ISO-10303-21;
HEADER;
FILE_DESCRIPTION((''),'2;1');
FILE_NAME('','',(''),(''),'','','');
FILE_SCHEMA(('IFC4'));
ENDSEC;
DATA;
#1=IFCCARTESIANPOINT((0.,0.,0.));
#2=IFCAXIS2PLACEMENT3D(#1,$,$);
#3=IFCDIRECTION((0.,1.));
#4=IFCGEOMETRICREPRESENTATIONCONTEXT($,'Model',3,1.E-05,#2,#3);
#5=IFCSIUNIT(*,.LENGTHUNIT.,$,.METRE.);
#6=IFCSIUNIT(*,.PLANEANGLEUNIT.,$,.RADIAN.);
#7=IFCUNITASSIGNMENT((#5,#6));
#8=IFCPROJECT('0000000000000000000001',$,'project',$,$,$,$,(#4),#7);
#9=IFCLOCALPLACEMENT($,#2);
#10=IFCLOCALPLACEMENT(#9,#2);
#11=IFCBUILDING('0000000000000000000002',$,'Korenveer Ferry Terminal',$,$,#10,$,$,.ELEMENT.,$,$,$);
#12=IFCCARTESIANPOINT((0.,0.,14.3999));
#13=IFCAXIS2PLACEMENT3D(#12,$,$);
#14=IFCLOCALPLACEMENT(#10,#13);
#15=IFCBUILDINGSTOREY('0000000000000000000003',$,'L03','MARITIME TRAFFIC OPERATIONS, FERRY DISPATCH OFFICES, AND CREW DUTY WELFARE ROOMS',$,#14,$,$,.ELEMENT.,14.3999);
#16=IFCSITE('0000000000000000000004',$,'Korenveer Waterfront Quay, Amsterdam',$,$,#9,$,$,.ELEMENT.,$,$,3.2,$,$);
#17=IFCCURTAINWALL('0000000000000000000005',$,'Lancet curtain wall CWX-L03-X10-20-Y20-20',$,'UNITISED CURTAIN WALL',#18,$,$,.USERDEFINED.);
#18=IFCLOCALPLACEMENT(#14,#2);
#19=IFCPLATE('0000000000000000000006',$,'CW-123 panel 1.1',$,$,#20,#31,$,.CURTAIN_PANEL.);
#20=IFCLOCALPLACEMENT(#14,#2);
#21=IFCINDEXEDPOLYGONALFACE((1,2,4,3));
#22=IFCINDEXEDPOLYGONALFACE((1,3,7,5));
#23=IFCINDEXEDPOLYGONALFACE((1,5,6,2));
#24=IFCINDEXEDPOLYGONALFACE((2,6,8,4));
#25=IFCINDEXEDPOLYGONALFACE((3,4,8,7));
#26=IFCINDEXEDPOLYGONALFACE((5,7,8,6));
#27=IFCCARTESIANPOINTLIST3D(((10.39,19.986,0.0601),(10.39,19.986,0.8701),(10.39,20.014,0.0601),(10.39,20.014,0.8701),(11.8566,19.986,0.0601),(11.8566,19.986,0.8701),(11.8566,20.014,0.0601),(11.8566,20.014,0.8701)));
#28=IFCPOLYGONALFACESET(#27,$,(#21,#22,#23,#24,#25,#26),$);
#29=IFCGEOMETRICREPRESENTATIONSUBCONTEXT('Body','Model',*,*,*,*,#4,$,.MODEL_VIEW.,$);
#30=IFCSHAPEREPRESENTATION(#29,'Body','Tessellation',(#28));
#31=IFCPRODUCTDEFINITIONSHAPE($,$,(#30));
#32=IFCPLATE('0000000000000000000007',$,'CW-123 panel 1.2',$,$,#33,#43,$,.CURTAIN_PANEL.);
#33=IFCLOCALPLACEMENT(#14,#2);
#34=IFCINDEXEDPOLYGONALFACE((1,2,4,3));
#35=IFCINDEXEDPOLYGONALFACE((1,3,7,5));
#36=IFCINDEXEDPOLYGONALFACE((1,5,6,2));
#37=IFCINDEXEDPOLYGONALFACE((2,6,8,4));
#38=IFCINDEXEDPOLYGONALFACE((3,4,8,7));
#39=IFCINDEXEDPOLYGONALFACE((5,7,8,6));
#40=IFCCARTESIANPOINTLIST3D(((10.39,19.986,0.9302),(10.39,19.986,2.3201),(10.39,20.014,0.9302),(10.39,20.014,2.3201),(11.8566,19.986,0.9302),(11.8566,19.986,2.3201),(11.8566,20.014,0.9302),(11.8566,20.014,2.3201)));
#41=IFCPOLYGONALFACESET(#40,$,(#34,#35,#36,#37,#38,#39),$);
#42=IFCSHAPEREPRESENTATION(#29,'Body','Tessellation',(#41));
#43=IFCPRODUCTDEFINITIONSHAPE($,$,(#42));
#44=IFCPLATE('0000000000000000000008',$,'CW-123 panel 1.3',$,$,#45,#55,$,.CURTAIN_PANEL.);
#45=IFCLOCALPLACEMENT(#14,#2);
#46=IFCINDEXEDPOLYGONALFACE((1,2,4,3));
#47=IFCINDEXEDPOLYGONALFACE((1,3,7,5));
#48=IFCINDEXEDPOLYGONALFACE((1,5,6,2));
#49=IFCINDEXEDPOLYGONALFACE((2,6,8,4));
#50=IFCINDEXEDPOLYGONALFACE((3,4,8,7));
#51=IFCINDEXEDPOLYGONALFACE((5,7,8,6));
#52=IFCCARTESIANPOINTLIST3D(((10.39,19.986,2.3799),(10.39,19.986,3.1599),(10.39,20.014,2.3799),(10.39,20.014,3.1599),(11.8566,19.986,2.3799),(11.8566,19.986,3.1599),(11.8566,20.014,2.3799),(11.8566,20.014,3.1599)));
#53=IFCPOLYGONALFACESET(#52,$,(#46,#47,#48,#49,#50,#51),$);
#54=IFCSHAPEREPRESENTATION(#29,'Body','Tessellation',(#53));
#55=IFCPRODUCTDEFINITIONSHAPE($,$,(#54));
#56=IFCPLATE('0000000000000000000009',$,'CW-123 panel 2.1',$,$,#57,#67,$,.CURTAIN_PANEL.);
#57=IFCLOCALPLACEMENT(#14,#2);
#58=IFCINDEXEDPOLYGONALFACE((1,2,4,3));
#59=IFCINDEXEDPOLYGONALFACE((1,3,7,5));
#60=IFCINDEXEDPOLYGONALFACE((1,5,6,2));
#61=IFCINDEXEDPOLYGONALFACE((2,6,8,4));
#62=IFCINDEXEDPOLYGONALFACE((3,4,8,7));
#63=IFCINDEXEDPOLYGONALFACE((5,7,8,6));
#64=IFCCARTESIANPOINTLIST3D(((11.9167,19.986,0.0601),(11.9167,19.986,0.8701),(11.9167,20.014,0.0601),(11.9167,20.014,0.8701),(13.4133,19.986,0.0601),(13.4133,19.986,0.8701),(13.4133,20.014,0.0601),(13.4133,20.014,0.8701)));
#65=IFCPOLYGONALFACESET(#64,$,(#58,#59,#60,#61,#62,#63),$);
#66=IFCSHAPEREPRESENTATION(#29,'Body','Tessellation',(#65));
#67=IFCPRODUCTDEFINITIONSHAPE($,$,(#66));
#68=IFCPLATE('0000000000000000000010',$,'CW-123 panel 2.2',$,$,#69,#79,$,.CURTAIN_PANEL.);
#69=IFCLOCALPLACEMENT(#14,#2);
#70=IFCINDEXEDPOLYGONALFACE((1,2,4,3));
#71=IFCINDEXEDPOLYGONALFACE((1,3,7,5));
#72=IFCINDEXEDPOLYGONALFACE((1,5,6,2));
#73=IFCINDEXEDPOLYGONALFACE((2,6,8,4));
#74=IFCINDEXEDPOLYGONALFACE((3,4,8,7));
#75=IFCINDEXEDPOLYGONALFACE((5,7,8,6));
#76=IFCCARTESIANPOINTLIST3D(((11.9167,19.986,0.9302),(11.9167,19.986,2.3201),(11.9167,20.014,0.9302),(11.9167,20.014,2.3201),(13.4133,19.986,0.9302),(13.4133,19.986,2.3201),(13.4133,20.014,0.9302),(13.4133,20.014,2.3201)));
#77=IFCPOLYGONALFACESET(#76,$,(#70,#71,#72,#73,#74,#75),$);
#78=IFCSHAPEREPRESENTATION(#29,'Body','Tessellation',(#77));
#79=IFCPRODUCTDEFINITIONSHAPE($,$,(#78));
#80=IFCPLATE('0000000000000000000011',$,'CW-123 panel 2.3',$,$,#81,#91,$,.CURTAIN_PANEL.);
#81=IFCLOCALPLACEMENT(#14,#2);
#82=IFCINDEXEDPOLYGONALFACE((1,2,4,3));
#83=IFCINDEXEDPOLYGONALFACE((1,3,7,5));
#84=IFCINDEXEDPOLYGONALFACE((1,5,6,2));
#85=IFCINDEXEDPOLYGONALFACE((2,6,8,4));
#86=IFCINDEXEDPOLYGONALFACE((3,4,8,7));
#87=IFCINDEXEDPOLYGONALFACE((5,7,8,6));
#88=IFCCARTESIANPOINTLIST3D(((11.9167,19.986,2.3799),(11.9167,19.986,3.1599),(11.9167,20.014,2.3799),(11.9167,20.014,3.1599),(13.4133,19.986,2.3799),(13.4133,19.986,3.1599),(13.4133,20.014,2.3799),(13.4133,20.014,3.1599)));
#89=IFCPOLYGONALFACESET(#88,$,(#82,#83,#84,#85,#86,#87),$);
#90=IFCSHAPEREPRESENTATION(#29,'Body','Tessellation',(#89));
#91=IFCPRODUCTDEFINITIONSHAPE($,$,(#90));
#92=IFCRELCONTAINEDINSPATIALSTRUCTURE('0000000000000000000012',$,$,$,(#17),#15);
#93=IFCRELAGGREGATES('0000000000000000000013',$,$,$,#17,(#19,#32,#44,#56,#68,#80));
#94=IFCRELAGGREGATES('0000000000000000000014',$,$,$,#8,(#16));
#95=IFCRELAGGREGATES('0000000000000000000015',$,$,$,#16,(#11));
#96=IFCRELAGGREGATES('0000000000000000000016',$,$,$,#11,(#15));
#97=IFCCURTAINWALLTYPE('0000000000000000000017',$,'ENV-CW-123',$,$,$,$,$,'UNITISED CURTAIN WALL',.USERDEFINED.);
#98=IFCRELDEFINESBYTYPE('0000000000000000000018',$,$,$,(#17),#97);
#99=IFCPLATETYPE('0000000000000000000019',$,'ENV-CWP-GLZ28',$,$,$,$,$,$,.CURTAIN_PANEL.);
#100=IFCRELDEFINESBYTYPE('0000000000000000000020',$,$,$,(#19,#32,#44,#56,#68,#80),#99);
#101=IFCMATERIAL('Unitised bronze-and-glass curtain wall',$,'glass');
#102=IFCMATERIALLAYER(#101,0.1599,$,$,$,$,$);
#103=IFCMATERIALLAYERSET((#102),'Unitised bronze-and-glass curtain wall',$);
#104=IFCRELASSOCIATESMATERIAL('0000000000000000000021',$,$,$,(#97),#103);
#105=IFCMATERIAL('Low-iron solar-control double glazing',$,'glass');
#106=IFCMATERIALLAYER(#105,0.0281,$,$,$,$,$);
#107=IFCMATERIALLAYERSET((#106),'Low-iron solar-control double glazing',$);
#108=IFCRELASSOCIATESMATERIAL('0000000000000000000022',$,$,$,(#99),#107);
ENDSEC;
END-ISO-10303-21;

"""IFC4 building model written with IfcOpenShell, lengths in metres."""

from ifc_helpers import new_model, si_unit, direction, frame, origin, origin_2d, place, context, subcontext, project, spatial, rectangle, extrude, material, layer, layer_set, type_object, element, aggregate, save


model = new_model("IFC4")

# Units and contexts
model_context = context("Model", 3, precision=1e-05, world=origin(), true_north=direction((0.0, 1.0)))
body_context = subcontext(model_context, "Body", "Model", "MODEL_VIEW")
ifc_project = project(units=[si_unit("LENGTHUNIT", "METRE"), si_unit("PLANEANGLEUNIT", "RADIAN")], contexts=[model_context])

# Site, building, storey
site_placement = place(None, origin())
site = spatial("IfcSite", under=ifc_project, at=site_placement, Name="Korenveer Waterfront Quay, Amsterdam", CompositionType="ELEMENT", RefElevation=3.2)
building_placement = place(site_placement, origin())
building = spatial("IfcBuilding", under=site, at=building_placement, Name="Korenveer Ferry Terminal", CompositionType="ELEMENT")
storey_placement = place(building_placement, frame((0.0, 0.0, 14.3999)))
storey = spatial("IfcBuildingStorey", under=building, at=storey_placement, Name="L03", Description="MARITIME TRAFFIC OPERATIONS, FERRY DISPATCH OFFICES, AND CREW DUTY WELFARE ROOMS", CompositionType="ELEMENT", Elevation=14.3999)

# Curtain wall, plates
ifc_material_1 = material(Name="Unitised bronze-and-glass curtain wall", Category="glass")
ifc_layer_1 = layer(ifc_material_1, 0.1599)
ifc_layer_set_1 = layer_set([ifc_layer_1], Name="Unitised bronze-and-glass curtain wall")
curtain_wall_type = type_object("IfcCurtainWallType", Name="ENV-CW-123", ElementType="UNITISED CURTAIN WALL", PredefinedType="USERDEFINED", material=ifc_layer_set_1)
curtain_wall_placement = place(storey_placement, frame((10.3301, 20.0, 0.0)))
curtain_wall = element("IfcCurtainWall", 1, at=curtain_wall_placement, inside=storey, type_object=curtain_wall_type, Name="Lancet curtain wall CWX-L03-X10-20-Y20-20", ObjectType="UNITISED CURTAIN WALL", PredefinedType="USERDEFINED")
ifc_material_2 = material(Name="Low-iron solar-control double glazing", Category="glass")
ifc_layer_2 = layer(ifc_material_2, 0.0281)
ifc_layer_set_2 = layer_set([ifc_layer_2], Name="Low-iron solar-control double glazing")
plate_type = type_object("IfcPlateType", Name="ENV-CWP-GLZ28", PredefinedType="CURTAIN_PANEL", material=ifc_layer_set_2)
plate_1_placement = place(storey_placement, frame((11.1233, 20.0, 0.0601), z_axis=(0.0, 0.0, 1.0), x_axis=(1.0, 0.0, 0.0)))
plate_1 = element("IfcPlate", 2, at=plate_1_placement, type_object=plate_type, Name="CW-123 panel 1.1", PredefinedType="CURTAIN_PANEL", context=body_context, shape_type="SweptSolid", body=[
    extrude(rectangle(XDim=1.4666, YDim=0.0281, at=origin_2d()), origin(), (0.0, 0.0, 1.0), 0.8101),
])
plate_2_placement = place(storey_placement, frame((11.1233, 20.0, 0.9302), z_axis=(0.0, 0.0, 1.0), x_axis=(1.0, 0.0, 0.0)))
plate_2 = element("IfcPlate", 3, at=plate_2_placement, type_object=plate_type, Name="CW-123 panel 1.2", PredefinedType="CURTAIN_PANEL", context=body_context, shape_type="SweptSolid", body=[
    extrude(rectangle(XDim=1.4666, YDim=0.0281, at=origin_2d()), origin(), (0.0, 0.0, 1.0), 1.3899),
])
plate_3_placement = place(storey_placement, frame((11.1233, 20.0, 2.3799), z_axis=(0.0, 0.0, 1.0), x_axis=(1.0, 0.0, 0.0)))
plate_3 = element("IfcPlate", 4, at=plate_3_placement, type_object=plate_type, Name="CW-123 panel 1.3", PredefinedType="CURTAIN_PANEL", context=body_context, shape_type="SweptSolid", body=[
    extrude(rectangle(XDim=1.4666, YDim=0.0281, at=origin_2d()), origin(), (0.0, 0.0, 1.0), 0.78),
])
plate_4_placement = place(storey_placement, frame((12.665, 20.0, 0.0601), z_axis=(0.0, 0.0, 1.0), x_axis=(1.0, 0.0, 0.0)))
plate_4 = element("IfcPlate", 5, at=plate_4_placement, type_object=plate_type, Name="CW-123 panel 2.1", PredefinedType="CURTAIN_PANEL", context=body_context, shape_type="SweptSolid", body=[
    extrude(rectangle(XDim=1.4966, YDim=0.0281, at=origin_2d()), origin(), (0.0, 0.0, 1.0), 0.8101),
])
plate_5_placement = place(storey_placement, frame((12.665, 20.0, 0.9302), z_axis=(0.0, 0.0, 1.0), x_axis=(1.0, 0.0, 0.0)))
plate_5 = element("IfcPlate", 6, at=plate_5_placement, type_object=plate_type, Name="CW-123 panel 2.2", PredefinedType="CURTAIN_PANEL", context=body_context, shape_type="SweptSolid", body=[
    extrude(rectangle(XDim=1.4966, YDim=0.0281, at=origin_2d()), origin(), (0.0, 0.0, 1.0), 1.3899),
])
plate_6_placement = place(storey_placement, frame((12.665, 20.0, 2.3799), z_axis=(0.0, 0.0, 1.0), x_axis=(1.0, 0.0, 0.0)))
plate_6 = element("IfcPlate", 7, at=plate_6_placement, type_object=plate_type, Name="CW-123 panel 2.3", PredefinedType="CURTAIN_PANEL", context=body_context, shape_type="SweptSolid", body=[
    extrude(rectangle(XDim=1.4966, YDim=0.0281, at=origin_2d()), origin(), (0.0, 0.0, 1.0), 0.78),
])
aggregate(curtain_wall, [plate_1, plate_2, plate_3, plate_4, plate_5, plate_6])

save(model, "model.ifc")
